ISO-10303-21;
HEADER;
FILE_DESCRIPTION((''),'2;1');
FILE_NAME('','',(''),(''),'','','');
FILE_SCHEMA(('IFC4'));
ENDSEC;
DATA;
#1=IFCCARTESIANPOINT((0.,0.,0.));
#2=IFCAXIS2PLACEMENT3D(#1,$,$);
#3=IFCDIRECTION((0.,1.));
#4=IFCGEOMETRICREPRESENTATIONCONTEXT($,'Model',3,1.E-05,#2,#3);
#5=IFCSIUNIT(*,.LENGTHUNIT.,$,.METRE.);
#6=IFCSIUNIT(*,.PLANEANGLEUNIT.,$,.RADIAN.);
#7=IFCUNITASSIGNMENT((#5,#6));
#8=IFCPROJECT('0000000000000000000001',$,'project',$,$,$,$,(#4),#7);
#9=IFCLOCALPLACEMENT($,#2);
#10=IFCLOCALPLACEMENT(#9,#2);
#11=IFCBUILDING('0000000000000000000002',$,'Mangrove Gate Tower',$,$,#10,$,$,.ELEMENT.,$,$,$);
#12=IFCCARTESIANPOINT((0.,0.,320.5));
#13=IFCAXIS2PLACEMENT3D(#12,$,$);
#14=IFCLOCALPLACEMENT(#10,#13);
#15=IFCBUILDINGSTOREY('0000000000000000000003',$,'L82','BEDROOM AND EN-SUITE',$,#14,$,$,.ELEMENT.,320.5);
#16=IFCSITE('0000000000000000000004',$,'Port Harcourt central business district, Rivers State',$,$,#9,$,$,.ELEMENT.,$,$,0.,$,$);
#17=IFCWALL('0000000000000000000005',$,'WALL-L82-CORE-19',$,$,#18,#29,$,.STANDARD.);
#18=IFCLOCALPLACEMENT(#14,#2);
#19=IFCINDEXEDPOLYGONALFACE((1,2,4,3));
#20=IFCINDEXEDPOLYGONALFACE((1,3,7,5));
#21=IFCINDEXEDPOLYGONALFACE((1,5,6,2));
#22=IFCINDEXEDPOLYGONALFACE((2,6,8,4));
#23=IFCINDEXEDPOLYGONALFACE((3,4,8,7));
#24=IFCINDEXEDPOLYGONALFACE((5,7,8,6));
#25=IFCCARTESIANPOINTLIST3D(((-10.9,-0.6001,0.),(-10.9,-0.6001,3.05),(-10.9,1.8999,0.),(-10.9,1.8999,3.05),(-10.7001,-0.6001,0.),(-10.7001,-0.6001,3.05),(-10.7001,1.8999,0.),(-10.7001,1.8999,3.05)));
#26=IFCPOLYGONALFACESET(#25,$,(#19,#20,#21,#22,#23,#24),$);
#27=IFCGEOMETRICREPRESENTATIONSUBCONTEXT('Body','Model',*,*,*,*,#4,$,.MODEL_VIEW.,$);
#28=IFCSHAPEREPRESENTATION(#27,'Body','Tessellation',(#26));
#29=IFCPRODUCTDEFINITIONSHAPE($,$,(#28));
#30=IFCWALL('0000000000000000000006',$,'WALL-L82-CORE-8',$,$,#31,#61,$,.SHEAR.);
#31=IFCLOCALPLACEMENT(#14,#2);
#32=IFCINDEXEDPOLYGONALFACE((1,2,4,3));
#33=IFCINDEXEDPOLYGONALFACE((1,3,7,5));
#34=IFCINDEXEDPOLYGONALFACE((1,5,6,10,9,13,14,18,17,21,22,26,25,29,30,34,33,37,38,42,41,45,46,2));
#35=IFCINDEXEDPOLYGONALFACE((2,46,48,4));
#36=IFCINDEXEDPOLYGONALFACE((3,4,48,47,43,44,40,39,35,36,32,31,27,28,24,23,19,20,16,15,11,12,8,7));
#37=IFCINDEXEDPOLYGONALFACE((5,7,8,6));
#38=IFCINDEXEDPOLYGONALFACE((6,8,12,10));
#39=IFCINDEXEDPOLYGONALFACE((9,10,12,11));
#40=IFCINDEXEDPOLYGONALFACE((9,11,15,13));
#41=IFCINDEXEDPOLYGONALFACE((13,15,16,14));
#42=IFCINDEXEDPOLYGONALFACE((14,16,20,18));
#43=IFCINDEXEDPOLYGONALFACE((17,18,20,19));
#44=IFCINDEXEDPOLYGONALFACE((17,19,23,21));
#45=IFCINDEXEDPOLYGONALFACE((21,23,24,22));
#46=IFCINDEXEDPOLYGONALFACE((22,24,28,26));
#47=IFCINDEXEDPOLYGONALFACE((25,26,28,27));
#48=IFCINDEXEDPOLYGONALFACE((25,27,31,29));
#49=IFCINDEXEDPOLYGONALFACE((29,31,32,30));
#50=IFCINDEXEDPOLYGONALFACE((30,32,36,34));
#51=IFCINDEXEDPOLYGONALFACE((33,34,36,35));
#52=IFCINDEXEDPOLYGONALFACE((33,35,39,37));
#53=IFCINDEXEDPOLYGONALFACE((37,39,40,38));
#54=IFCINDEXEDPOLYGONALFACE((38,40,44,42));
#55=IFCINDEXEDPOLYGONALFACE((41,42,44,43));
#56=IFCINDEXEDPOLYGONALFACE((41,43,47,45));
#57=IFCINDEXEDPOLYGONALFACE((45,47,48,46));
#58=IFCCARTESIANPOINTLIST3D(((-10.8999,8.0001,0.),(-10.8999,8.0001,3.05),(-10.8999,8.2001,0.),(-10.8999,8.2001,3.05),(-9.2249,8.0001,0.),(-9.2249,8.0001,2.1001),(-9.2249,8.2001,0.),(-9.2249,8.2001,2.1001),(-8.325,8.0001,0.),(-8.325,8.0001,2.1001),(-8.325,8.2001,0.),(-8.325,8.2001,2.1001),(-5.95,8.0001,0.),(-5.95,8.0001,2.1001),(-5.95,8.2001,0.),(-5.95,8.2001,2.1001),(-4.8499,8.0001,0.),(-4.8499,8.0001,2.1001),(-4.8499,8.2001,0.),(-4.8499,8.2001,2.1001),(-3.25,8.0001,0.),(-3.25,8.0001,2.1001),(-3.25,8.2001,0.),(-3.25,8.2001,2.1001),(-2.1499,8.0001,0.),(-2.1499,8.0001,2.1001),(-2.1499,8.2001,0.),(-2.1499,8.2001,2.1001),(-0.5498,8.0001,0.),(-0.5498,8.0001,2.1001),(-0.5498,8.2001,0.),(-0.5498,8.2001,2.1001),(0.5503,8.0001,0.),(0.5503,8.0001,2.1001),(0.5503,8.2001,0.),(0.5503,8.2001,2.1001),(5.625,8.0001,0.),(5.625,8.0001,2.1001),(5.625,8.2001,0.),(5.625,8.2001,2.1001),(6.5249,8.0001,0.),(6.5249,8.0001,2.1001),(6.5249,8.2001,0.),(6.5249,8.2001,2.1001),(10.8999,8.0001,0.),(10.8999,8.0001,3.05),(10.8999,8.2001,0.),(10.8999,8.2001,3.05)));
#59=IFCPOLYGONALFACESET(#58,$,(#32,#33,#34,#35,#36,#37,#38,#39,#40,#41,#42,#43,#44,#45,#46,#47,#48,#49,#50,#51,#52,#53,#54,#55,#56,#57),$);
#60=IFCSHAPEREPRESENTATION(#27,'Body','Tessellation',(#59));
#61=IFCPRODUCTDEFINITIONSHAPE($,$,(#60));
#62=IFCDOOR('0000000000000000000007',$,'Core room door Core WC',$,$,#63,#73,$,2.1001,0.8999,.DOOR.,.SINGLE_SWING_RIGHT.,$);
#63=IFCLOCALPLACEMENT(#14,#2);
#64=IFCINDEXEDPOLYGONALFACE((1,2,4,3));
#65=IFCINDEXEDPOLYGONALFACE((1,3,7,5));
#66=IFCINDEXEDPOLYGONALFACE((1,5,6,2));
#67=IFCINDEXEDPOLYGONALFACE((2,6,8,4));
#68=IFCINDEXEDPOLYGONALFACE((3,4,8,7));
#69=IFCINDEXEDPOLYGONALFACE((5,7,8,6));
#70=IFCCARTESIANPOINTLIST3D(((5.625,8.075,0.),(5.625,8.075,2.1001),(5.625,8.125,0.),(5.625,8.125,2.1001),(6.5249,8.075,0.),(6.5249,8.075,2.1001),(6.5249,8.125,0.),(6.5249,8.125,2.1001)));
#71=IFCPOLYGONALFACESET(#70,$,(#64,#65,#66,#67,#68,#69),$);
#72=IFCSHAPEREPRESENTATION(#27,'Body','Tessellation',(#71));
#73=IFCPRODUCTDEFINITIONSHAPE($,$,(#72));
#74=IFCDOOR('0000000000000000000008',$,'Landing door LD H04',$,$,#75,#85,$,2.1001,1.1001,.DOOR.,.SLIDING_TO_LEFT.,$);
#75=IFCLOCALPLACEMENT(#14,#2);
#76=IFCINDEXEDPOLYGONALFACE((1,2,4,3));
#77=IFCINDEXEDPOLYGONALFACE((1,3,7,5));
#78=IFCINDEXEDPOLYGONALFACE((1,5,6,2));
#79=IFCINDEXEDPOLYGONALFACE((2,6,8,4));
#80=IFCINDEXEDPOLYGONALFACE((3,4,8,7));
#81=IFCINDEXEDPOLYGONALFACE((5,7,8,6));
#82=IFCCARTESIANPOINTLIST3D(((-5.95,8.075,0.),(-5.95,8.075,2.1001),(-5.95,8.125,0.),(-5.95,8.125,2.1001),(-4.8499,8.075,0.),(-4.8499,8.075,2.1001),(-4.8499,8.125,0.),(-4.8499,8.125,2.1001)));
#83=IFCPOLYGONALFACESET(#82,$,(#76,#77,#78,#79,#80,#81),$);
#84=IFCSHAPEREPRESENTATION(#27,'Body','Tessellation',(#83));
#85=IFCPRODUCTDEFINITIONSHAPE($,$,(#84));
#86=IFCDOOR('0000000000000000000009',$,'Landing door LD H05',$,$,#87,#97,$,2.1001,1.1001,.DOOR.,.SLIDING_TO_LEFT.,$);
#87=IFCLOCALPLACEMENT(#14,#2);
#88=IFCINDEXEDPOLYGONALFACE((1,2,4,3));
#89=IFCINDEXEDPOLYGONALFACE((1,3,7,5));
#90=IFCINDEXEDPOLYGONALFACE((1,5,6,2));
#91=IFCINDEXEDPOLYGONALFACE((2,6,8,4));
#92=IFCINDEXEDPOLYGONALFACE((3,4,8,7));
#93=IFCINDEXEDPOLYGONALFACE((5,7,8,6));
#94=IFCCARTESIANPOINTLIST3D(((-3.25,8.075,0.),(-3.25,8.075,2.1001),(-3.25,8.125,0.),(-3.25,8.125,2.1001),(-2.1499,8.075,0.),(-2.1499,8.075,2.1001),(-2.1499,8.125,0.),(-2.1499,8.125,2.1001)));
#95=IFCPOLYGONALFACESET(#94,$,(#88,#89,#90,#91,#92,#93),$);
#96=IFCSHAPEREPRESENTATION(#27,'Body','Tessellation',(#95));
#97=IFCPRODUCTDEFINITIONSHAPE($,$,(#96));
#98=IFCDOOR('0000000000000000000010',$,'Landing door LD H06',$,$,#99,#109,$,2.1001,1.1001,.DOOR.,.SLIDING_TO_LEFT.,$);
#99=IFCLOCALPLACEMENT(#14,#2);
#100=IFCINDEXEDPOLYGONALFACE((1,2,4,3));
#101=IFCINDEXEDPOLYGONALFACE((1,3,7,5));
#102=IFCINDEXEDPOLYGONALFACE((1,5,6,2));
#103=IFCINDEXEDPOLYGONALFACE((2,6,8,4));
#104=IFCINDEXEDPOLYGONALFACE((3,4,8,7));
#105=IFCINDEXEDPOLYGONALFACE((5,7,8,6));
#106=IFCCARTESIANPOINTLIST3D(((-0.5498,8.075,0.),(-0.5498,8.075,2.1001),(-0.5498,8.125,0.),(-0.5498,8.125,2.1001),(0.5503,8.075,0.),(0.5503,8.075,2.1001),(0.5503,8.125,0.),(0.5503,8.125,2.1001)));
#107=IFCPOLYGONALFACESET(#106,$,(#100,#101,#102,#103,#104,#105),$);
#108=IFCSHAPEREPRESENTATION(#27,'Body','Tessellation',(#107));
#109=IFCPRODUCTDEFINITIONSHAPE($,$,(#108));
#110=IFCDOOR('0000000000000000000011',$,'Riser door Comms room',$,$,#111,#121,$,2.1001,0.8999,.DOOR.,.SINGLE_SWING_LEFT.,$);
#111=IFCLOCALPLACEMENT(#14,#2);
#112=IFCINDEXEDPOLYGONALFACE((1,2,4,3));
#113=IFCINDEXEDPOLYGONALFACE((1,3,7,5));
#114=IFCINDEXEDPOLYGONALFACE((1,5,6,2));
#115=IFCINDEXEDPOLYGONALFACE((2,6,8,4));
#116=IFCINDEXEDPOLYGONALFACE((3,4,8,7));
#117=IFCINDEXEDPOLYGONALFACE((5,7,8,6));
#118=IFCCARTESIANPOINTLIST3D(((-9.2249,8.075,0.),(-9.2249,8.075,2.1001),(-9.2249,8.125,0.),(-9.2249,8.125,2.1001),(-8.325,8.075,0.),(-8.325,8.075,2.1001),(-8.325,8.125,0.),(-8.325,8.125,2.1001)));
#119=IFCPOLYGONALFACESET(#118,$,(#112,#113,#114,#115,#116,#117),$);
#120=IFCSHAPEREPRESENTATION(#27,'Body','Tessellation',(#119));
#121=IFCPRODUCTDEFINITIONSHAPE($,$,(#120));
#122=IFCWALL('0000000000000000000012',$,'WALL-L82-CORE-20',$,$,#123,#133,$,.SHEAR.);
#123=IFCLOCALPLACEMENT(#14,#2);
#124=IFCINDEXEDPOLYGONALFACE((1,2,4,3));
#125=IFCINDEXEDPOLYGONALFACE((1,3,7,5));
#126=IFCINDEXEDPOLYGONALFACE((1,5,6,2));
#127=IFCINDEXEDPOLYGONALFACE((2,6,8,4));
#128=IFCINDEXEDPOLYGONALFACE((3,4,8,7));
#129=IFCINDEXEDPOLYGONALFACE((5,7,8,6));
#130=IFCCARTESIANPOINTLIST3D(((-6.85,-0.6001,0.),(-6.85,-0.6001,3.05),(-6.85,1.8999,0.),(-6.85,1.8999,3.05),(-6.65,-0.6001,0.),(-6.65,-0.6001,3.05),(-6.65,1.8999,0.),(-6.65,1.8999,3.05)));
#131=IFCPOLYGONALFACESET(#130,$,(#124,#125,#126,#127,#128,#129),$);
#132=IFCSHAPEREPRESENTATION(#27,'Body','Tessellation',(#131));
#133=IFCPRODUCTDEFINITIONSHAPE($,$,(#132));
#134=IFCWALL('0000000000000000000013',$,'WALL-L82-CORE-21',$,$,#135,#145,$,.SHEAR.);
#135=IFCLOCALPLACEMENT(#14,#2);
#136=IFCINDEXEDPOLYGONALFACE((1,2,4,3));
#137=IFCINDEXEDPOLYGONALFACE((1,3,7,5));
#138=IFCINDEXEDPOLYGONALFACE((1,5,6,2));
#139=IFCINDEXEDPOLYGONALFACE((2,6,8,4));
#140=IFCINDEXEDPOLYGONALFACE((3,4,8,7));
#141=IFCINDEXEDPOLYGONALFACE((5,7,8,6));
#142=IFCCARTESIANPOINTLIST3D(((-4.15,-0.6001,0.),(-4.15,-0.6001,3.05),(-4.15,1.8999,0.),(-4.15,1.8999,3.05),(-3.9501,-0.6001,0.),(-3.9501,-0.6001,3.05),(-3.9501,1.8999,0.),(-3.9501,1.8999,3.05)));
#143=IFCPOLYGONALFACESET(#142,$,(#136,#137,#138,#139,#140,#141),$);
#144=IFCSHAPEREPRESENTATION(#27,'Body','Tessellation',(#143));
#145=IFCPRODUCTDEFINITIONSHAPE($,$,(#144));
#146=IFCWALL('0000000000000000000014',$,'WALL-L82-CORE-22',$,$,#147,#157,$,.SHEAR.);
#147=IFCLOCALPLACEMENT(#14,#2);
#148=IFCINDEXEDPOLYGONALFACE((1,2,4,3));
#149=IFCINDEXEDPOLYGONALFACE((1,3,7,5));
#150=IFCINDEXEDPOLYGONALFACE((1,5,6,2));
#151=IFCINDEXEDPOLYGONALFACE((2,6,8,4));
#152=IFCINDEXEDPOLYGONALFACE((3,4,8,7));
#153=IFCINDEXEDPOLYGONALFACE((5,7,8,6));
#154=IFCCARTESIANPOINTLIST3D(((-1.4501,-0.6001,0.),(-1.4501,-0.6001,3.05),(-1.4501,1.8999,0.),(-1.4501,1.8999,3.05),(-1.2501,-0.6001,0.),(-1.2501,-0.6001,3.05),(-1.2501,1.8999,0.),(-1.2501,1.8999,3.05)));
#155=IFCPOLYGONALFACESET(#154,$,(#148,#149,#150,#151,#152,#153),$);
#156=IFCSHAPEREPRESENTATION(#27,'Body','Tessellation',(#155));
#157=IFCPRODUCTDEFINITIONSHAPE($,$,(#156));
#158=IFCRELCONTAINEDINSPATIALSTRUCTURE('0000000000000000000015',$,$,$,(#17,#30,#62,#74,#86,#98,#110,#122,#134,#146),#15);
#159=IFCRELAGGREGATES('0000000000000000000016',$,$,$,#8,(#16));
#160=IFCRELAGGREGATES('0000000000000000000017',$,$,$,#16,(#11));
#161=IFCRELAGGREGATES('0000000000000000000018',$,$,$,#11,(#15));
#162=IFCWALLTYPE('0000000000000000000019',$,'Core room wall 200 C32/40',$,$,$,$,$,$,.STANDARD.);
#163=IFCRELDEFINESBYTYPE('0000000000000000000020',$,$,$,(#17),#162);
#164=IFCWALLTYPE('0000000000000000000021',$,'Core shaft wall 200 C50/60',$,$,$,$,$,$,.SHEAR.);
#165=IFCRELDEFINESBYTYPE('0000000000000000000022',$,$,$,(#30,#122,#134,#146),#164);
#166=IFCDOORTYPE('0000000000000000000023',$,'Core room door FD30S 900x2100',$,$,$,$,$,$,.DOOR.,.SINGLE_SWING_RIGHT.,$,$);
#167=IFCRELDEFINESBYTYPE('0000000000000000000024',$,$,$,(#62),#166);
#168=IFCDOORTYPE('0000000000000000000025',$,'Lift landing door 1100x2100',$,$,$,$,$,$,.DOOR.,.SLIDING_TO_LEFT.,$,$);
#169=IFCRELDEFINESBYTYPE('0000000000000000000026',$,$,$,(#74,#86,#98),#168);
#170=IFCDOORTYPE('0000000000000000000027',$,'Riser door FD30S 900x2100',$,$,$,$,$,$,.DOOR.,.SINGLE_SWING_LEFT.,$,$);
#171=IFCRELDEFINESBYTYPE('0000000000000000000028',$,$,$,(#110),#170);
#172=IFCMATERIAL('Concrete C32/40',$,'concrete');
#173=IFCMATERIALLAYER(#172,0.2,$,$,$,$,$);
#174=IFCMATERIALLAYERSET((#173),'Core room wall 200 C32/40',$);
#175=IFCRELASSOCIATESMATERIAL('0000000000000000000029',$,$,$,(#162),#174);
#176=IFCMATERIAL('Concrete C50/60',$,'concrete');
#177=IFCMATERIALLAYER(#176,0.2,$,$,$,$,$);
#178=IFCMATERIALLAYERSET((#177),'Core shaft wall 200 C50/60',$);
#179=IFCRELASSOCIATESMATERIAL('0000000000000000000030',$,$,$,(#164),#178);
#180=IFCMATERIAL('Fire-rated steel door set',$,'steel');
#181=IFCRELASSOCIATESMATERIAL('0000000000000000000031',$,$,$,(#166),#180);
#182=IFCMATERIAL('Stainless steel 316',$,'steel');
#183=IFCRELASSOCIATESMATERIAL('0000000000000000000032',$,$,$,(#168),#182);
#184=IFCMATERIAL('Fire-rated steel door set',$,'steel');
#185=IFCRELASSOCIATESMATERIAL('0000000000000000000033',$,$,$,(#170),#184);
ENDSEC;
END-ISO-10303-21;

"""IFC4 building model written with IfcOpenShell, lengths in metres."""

from ifc_helpers import new_model, si_unit, direction, frame, frame_2d, origin, place, context, subcontext, project, spatial, rectangle, extrude, material, layer, layer_set, type_object, element, fill, save


model = new_model("IFC4")

# Units and contexts
model_context = context("Model", 3, precision=1e-05, world=origin(), true_north=direction((0.0, 1.0)))
body_context = subcontext(model_context, "Body", "Model", "MODEL_VIEW")
ifc_project = project(units=[si_unit("LENGTHUNIT", "METRE"), si_unit("PLANEANGLEUNIT", "RADIAN")], contexts=[model_context])

# Site, building, storey
site_placement = place(None, origin())
site = spatial("IfcSite", under=ifc_project, at=site_placement, Name="Port Harcourt central business district, Rivers State", CompositionType="ELEMENT", RefElevation=0.0)
building_placement = place(site_placement, origin())
building = spatial("IfcBuilding", under=site, at=building_placement, Name="Mangrove Gate Tower", CompositionType="ELEMENT")
storey_placement = place(building_placement, frame((0.0, 0.0, 320.5)))
storey = spatial("IfcBuildingStorey", under=building, at=storey_placement, Name="L82", Description="BEDROOM AND EN-SUITE", CompositionType="ELEMENT", Elevation=320.5)

# Wall
ifc_material_1 = material(Name="Concrete C32/40", Category="concrete")
ifc_layer_1 = layer(ifc_material_1, 0.2)
ifc_layer_set_1 = layer_set([ifc_layer_1], Name="Core room wall 200 C32/40")
wall_type_1 = type_object("IfcWallType", Name="Core room wall 200 C32/40", PredefinedType="STANDARD", material=ifc_layer_set_1)
wall_1_placement = place(storey_placement, frame((-10.8, -0.6001, 0.0), z_axis=(0.0, 0.0, 1.0), x_axis=(0.0, 1.0, 0.0)))
element("IfcWall", 1, at=wall_1_placement, inside=storey, type_object=wall_type_1, Name="WALL-L82-CORE-19", PredefinedType="STANDARD", context=body_context, shape_type="SweptSolid", body=[
    extrude(rectangle(XDim=2.5, YDim=0.2, at=frame_2d((1.25, 0.0))), origin(), (0.0, 0.0, 1.0), 3.05),
])

# Wall, openings, doors
ifc_material_2 = material(Name="Concrete C50/60", Category="concrete")
ifc_layer_2 = layer(ifc_material_2, 0.2)
ifc_layer_set_2 = layer_set([ifc_layer_2], Name="Core shaft wall 200 C50/60")
wall_type_2 = type_object("IfcWallType", Name="Core shaft wall 200 C50/60", PredefinedType="SHEAR", material=ifc_layer_set_2)
wall_2_placement = place(storey_placement, frame((-10.8999, 8.1001, 0.0), z_axis=(0.0, 0.0, 1.0), x_axis=(1.0, 0.0, 0.0)))
wall_2 = element("IfcWall", 2, at=wall_2_placement, inside=storey, type_object=wall_type_2, Name="WALL-L82-CORE-8", PredefinedType="SHEAR", context=body_context, shape_type="SweptSolid", body=[
    extrude(rectangle(XDim=21.7998, YDim=0.2, at=frame_2d((10.8999, 0.0))), origin(), (0.0, 0.0, 1.0), 3.05),
])
opening_1_placement = place(wall_2_placement, frame((4.95, 0.0, 0.0)))
opening_1 = element("IfcOpeningElement", 3, at=opening_1_placement, cuts=wall_2, PredefinedType="OPENING", context=body_context, shape_type="SweptSolid", body=[
    extrude(rectangle(XDim=1.1001, YDim=2.1001, at=frame_2d((0.55, 1.05))), frame((0.0, 0.1099, 0.0), z_axis=(0.0, -1.0, 0.0), x_axis=(1.0, 0.0, 0.0)), (0.0, 0.0, 1.0), 0.22),
])
opening_2_placement = place(wall_2_placement, frame((7.6499, 0.0, 0.0)))
opening_2 = element("IfcOpeningElement", 4, at=opening_2_placement, cuts=wall_2, PredefinedType="OPENING", context=body_context, shape_type="SweptSolid", body=[
    extrude(rectangle(XDim=1.1001, YDim=2.1001, at=frame_2d((0.55, 1.05))), frame((0.0, 0.1099, 0.0), z_axis=(0.0, -1.0, 0.0), x_axis=(1.0, 0.0, 0.0)), (0.0, 0.0, 1.0), 0.22),
])
opening_3_placement = place(wall_2_placement, frame((10.3501, 0.0, 0.0)))
opening_3 = element("IfcOpeningElement", 5, at=opening_3_placement, cuts=wall_2, PredefinedType="OPENING", context=body_context, shape_type="SweptSolid", body=[
    extrude(rectangle(XDim=1.1001, YDim=2.1001, at=frame_2d((0.55, 1.05))), frame((0.0, 0.1099, 0.0), z_axis=(0.0, -1.0, 0.0), x_axis=(1.0, 0.0, 0.0)), (0.0, 0.0, 1.0), 0.22),
])
opening_4_placement = place(wall_2_placement, frame((1.675, 0.0, 0.0)))
opening_4 = element("IfcOpeningElement", 6, at=opening_4_placement, cuts=wall_2, PredefinedType="OPENING", context=body_context, shape_type="SweptSolid", body=[
    extrude(rectangle(XDim=0.8999, YDim=2.1001, at=frame_2d((0.45, 1.05))), frame((0.0, 0.1099, 0.0), z_axis=(0.0, -1.0, 0.0), x_axis=(1.0, 0.0, 0.0)), (0.0, 0.0, 1.0), 0.22),
])
opening_5_placement = place(wall_2_placement, frame((16.5249, 0.0, 0.0)))
opening_5 = element("IfcOpeningElement", 7, at=opening_5_placement, cuts=wall_2, PredefinedType="OPENING", context=body_context, shape_type="SweptSolid", body=[
    extrude(rectangle(XDim=0.8999, YDim=2.1001, at=frame_2d((0.45, 1.05))), frame((0.0, 0.1099, 0.0), z_axis=(0.0, -1.0, 0.0), x_axis=(1.0, 0.0, 0.0)), (0.0, 0.0, 1.0), 0.22),
])
ifc_material_3 = material(Name="Fire-rated steel door set", Category="steel")
door_type_1 = type_object("IfcDoorType", Name="Core room door FD30S 900x2100", OperationType="SINGLE_SWING_RIGHT", PredefinedType="DOOR", material=ifc_material_3)
door_1_placement = place(opening_5_placement, origin())
door_1 = element("IfcDoor", 8, at=door_1_placement, inside=storey, type_object=door_type_1, Name="Core room door Core WC", OperationType="SINGLE_SWING_RIGHT", OverallHeight=2.1001, OverallWidth=0.8999, PredefinedType="DOOR", context=body_context, shape_type="SweptSolid", body=[
    extrude(rectangle(XDim=0.8999, YDim=2.1001, at=frame_2d((0.45, 1.05))), frame((0.0, 0.0249, 0.0), z_axis=(0.0, -1.0, 0.0), x_axis=(1.0, 0.0, 0.0)), (0.0, 0.0, 1.0), 0.05),
])
fill(opening_5, door_1)
ifc_material_4 = material(Name="Stainless steel 316", Category="steel")
door_type_2 = type_object("IfcDoorType", Name="Lift landing door 1100x2100", OperationType="SLIDING_TO_LEFT", PredefinedType="DOOR", material=ifc_material_4)
door_2_placement = place(opening_1_placement, origin())
door_2 = element("IfcDoor", 9, at=door_2_placement, inside=storey, type_object=door_type_2, Name="Landing door LD H04", OperationType="SLIDING_TO_LEFT", OverallHeight=2.1001, OverallWidth=1.1001, PredefinedType="DOOR", context=body_context, shape_type="SweptSolid", body=[
    extrude(rectangle(XDim=1.1001, YDim=2.1001, at=frame_2d((0.55, 1.05))), frame((0.0, 0.0249, 0.0), z_axis=(0.0, -1.0, 0.0), x_axis=(1.0, 0.0, 0.0)), (0.0, 0.0, 1.0), 0.05),
])
fill(opening_1, door_2)
door_3_placement = place(opening_2_placement, origin())
door_3 = element("IfcDoor", 10, at=door_3_placement, inside=storey, type_object=door_type_2, Name="Landing door LD H05", OperationType="SLIDING_TO_LEFT", OverallHeight=2.1001, OverallWidth=1.1001, PredefinedType="DOOR", context=body_context, shape_type="SweptSolid", body=[
    extrude(rectangle(XDim=1.1001, YDim=2.1001, at=frame_2d((0.55, 1.05))), frame((0.0, 0.0249, 0.0), z_axis=(0.0, -1.0, 0.0), x_axis=(1.0, 0.0, 0.0)), (0.0, 0.0, 1.0), 0.05),
])
fill(opening_2, door_3)
door_4_placement = place(opening_3_placement, origin())
door_4 = element("IfcDoor", 11, at=door_4_placement, inside=storey, type_object=door_type_2, Name="Landing door LD H06", OperationType="SLIDING_TO_LEFT", OverallHeight=2.1001, OverallWidth=1.1001, PredefinedType="DOOR", context=body_context, shape_type="SweptSolid", body=[
    extrude(rectangle(XDim=1.1001, YDim=2.1001, at=frame_2d((0.55, 1.05))), frame((0.0, 0.0249, 0.0), z_axis=(0.0, -1.0, 0.0), x_axis=(1.0, 0.0, 0.0)), (0.0, 0.0, 1.0), 0.05),
])
fill(opening_3, door_4)
ifc_material_5 = material(Name="Fire-rated steel door set", Category="steel")
door_type_3 = type_object("IfcDoorType", Name="Riser door FD30S 900x2100", OperationType="SINGLE_SWING_LEFT", PredefinedType="DOOR", material=ifc_material_5)
door_5_placement = place(opening_4_placement, origin())
door_5 = element("IfcDoor", 12, at=door_5_placement, inside=storey, type_object=door_type_3, Name="Riser door Comms room", OperationType="SINGLE_SWING_LEFT", OverallHeight=2.1001, OverallWidth=0.8999, PredefinedType="DOOR", context=body_context, shape_type="SweptSolid", body=[
    extrude(rectangle(XDim=0.8999, YDim=2.1001, at=frame_2d((0.45, 1.05))), frame((0.0, 0.0249, 0.0), z_axis=(0.0, -1.0, 0.0), x_axis=(1.0, 0.0, 0.0)), (0.0, 0.0, 1.0), 0.05),
])
fill(opening_4, door_5)

# Walls
for number, where, z_axis, x_axis, name in (
    (13, (-6.75, -0.6001, 0.0), (0.0, 0.0, 1.0), (0.0, 1.0, 0.0), "WALL-L82-CORE-20"),
    (14, (-4.05, -0.6001, 0.0), (0.0, 0.0, 1.0), (0.0, 1.0, 0.0), "WALL-L82-CORE-21"),
    (15, (-1.3501, -0.6001, 0.0), (0.0, 0.0, 1.0), (0.0, 1.0, 0.0), "WALL-L82-CORE-22"),
):
    element("IfcWall", number, at=place(storey_placement, frame(where, z_axis=z_axis, x_axis=x_axis)), inside=storey, type_object=wall_type_2, Name=name, PredefinedType="SHEAR", context=body_context, shape_type="SweptSolid", body=[
        extrude(rectangle(XDim=2.5, YDim=0.2, at=frame_2d((1.25, 0.0))), origin(), (0.0, 0.0, 1.0), 3.05),
    ])

save(model, "model.ifc")
